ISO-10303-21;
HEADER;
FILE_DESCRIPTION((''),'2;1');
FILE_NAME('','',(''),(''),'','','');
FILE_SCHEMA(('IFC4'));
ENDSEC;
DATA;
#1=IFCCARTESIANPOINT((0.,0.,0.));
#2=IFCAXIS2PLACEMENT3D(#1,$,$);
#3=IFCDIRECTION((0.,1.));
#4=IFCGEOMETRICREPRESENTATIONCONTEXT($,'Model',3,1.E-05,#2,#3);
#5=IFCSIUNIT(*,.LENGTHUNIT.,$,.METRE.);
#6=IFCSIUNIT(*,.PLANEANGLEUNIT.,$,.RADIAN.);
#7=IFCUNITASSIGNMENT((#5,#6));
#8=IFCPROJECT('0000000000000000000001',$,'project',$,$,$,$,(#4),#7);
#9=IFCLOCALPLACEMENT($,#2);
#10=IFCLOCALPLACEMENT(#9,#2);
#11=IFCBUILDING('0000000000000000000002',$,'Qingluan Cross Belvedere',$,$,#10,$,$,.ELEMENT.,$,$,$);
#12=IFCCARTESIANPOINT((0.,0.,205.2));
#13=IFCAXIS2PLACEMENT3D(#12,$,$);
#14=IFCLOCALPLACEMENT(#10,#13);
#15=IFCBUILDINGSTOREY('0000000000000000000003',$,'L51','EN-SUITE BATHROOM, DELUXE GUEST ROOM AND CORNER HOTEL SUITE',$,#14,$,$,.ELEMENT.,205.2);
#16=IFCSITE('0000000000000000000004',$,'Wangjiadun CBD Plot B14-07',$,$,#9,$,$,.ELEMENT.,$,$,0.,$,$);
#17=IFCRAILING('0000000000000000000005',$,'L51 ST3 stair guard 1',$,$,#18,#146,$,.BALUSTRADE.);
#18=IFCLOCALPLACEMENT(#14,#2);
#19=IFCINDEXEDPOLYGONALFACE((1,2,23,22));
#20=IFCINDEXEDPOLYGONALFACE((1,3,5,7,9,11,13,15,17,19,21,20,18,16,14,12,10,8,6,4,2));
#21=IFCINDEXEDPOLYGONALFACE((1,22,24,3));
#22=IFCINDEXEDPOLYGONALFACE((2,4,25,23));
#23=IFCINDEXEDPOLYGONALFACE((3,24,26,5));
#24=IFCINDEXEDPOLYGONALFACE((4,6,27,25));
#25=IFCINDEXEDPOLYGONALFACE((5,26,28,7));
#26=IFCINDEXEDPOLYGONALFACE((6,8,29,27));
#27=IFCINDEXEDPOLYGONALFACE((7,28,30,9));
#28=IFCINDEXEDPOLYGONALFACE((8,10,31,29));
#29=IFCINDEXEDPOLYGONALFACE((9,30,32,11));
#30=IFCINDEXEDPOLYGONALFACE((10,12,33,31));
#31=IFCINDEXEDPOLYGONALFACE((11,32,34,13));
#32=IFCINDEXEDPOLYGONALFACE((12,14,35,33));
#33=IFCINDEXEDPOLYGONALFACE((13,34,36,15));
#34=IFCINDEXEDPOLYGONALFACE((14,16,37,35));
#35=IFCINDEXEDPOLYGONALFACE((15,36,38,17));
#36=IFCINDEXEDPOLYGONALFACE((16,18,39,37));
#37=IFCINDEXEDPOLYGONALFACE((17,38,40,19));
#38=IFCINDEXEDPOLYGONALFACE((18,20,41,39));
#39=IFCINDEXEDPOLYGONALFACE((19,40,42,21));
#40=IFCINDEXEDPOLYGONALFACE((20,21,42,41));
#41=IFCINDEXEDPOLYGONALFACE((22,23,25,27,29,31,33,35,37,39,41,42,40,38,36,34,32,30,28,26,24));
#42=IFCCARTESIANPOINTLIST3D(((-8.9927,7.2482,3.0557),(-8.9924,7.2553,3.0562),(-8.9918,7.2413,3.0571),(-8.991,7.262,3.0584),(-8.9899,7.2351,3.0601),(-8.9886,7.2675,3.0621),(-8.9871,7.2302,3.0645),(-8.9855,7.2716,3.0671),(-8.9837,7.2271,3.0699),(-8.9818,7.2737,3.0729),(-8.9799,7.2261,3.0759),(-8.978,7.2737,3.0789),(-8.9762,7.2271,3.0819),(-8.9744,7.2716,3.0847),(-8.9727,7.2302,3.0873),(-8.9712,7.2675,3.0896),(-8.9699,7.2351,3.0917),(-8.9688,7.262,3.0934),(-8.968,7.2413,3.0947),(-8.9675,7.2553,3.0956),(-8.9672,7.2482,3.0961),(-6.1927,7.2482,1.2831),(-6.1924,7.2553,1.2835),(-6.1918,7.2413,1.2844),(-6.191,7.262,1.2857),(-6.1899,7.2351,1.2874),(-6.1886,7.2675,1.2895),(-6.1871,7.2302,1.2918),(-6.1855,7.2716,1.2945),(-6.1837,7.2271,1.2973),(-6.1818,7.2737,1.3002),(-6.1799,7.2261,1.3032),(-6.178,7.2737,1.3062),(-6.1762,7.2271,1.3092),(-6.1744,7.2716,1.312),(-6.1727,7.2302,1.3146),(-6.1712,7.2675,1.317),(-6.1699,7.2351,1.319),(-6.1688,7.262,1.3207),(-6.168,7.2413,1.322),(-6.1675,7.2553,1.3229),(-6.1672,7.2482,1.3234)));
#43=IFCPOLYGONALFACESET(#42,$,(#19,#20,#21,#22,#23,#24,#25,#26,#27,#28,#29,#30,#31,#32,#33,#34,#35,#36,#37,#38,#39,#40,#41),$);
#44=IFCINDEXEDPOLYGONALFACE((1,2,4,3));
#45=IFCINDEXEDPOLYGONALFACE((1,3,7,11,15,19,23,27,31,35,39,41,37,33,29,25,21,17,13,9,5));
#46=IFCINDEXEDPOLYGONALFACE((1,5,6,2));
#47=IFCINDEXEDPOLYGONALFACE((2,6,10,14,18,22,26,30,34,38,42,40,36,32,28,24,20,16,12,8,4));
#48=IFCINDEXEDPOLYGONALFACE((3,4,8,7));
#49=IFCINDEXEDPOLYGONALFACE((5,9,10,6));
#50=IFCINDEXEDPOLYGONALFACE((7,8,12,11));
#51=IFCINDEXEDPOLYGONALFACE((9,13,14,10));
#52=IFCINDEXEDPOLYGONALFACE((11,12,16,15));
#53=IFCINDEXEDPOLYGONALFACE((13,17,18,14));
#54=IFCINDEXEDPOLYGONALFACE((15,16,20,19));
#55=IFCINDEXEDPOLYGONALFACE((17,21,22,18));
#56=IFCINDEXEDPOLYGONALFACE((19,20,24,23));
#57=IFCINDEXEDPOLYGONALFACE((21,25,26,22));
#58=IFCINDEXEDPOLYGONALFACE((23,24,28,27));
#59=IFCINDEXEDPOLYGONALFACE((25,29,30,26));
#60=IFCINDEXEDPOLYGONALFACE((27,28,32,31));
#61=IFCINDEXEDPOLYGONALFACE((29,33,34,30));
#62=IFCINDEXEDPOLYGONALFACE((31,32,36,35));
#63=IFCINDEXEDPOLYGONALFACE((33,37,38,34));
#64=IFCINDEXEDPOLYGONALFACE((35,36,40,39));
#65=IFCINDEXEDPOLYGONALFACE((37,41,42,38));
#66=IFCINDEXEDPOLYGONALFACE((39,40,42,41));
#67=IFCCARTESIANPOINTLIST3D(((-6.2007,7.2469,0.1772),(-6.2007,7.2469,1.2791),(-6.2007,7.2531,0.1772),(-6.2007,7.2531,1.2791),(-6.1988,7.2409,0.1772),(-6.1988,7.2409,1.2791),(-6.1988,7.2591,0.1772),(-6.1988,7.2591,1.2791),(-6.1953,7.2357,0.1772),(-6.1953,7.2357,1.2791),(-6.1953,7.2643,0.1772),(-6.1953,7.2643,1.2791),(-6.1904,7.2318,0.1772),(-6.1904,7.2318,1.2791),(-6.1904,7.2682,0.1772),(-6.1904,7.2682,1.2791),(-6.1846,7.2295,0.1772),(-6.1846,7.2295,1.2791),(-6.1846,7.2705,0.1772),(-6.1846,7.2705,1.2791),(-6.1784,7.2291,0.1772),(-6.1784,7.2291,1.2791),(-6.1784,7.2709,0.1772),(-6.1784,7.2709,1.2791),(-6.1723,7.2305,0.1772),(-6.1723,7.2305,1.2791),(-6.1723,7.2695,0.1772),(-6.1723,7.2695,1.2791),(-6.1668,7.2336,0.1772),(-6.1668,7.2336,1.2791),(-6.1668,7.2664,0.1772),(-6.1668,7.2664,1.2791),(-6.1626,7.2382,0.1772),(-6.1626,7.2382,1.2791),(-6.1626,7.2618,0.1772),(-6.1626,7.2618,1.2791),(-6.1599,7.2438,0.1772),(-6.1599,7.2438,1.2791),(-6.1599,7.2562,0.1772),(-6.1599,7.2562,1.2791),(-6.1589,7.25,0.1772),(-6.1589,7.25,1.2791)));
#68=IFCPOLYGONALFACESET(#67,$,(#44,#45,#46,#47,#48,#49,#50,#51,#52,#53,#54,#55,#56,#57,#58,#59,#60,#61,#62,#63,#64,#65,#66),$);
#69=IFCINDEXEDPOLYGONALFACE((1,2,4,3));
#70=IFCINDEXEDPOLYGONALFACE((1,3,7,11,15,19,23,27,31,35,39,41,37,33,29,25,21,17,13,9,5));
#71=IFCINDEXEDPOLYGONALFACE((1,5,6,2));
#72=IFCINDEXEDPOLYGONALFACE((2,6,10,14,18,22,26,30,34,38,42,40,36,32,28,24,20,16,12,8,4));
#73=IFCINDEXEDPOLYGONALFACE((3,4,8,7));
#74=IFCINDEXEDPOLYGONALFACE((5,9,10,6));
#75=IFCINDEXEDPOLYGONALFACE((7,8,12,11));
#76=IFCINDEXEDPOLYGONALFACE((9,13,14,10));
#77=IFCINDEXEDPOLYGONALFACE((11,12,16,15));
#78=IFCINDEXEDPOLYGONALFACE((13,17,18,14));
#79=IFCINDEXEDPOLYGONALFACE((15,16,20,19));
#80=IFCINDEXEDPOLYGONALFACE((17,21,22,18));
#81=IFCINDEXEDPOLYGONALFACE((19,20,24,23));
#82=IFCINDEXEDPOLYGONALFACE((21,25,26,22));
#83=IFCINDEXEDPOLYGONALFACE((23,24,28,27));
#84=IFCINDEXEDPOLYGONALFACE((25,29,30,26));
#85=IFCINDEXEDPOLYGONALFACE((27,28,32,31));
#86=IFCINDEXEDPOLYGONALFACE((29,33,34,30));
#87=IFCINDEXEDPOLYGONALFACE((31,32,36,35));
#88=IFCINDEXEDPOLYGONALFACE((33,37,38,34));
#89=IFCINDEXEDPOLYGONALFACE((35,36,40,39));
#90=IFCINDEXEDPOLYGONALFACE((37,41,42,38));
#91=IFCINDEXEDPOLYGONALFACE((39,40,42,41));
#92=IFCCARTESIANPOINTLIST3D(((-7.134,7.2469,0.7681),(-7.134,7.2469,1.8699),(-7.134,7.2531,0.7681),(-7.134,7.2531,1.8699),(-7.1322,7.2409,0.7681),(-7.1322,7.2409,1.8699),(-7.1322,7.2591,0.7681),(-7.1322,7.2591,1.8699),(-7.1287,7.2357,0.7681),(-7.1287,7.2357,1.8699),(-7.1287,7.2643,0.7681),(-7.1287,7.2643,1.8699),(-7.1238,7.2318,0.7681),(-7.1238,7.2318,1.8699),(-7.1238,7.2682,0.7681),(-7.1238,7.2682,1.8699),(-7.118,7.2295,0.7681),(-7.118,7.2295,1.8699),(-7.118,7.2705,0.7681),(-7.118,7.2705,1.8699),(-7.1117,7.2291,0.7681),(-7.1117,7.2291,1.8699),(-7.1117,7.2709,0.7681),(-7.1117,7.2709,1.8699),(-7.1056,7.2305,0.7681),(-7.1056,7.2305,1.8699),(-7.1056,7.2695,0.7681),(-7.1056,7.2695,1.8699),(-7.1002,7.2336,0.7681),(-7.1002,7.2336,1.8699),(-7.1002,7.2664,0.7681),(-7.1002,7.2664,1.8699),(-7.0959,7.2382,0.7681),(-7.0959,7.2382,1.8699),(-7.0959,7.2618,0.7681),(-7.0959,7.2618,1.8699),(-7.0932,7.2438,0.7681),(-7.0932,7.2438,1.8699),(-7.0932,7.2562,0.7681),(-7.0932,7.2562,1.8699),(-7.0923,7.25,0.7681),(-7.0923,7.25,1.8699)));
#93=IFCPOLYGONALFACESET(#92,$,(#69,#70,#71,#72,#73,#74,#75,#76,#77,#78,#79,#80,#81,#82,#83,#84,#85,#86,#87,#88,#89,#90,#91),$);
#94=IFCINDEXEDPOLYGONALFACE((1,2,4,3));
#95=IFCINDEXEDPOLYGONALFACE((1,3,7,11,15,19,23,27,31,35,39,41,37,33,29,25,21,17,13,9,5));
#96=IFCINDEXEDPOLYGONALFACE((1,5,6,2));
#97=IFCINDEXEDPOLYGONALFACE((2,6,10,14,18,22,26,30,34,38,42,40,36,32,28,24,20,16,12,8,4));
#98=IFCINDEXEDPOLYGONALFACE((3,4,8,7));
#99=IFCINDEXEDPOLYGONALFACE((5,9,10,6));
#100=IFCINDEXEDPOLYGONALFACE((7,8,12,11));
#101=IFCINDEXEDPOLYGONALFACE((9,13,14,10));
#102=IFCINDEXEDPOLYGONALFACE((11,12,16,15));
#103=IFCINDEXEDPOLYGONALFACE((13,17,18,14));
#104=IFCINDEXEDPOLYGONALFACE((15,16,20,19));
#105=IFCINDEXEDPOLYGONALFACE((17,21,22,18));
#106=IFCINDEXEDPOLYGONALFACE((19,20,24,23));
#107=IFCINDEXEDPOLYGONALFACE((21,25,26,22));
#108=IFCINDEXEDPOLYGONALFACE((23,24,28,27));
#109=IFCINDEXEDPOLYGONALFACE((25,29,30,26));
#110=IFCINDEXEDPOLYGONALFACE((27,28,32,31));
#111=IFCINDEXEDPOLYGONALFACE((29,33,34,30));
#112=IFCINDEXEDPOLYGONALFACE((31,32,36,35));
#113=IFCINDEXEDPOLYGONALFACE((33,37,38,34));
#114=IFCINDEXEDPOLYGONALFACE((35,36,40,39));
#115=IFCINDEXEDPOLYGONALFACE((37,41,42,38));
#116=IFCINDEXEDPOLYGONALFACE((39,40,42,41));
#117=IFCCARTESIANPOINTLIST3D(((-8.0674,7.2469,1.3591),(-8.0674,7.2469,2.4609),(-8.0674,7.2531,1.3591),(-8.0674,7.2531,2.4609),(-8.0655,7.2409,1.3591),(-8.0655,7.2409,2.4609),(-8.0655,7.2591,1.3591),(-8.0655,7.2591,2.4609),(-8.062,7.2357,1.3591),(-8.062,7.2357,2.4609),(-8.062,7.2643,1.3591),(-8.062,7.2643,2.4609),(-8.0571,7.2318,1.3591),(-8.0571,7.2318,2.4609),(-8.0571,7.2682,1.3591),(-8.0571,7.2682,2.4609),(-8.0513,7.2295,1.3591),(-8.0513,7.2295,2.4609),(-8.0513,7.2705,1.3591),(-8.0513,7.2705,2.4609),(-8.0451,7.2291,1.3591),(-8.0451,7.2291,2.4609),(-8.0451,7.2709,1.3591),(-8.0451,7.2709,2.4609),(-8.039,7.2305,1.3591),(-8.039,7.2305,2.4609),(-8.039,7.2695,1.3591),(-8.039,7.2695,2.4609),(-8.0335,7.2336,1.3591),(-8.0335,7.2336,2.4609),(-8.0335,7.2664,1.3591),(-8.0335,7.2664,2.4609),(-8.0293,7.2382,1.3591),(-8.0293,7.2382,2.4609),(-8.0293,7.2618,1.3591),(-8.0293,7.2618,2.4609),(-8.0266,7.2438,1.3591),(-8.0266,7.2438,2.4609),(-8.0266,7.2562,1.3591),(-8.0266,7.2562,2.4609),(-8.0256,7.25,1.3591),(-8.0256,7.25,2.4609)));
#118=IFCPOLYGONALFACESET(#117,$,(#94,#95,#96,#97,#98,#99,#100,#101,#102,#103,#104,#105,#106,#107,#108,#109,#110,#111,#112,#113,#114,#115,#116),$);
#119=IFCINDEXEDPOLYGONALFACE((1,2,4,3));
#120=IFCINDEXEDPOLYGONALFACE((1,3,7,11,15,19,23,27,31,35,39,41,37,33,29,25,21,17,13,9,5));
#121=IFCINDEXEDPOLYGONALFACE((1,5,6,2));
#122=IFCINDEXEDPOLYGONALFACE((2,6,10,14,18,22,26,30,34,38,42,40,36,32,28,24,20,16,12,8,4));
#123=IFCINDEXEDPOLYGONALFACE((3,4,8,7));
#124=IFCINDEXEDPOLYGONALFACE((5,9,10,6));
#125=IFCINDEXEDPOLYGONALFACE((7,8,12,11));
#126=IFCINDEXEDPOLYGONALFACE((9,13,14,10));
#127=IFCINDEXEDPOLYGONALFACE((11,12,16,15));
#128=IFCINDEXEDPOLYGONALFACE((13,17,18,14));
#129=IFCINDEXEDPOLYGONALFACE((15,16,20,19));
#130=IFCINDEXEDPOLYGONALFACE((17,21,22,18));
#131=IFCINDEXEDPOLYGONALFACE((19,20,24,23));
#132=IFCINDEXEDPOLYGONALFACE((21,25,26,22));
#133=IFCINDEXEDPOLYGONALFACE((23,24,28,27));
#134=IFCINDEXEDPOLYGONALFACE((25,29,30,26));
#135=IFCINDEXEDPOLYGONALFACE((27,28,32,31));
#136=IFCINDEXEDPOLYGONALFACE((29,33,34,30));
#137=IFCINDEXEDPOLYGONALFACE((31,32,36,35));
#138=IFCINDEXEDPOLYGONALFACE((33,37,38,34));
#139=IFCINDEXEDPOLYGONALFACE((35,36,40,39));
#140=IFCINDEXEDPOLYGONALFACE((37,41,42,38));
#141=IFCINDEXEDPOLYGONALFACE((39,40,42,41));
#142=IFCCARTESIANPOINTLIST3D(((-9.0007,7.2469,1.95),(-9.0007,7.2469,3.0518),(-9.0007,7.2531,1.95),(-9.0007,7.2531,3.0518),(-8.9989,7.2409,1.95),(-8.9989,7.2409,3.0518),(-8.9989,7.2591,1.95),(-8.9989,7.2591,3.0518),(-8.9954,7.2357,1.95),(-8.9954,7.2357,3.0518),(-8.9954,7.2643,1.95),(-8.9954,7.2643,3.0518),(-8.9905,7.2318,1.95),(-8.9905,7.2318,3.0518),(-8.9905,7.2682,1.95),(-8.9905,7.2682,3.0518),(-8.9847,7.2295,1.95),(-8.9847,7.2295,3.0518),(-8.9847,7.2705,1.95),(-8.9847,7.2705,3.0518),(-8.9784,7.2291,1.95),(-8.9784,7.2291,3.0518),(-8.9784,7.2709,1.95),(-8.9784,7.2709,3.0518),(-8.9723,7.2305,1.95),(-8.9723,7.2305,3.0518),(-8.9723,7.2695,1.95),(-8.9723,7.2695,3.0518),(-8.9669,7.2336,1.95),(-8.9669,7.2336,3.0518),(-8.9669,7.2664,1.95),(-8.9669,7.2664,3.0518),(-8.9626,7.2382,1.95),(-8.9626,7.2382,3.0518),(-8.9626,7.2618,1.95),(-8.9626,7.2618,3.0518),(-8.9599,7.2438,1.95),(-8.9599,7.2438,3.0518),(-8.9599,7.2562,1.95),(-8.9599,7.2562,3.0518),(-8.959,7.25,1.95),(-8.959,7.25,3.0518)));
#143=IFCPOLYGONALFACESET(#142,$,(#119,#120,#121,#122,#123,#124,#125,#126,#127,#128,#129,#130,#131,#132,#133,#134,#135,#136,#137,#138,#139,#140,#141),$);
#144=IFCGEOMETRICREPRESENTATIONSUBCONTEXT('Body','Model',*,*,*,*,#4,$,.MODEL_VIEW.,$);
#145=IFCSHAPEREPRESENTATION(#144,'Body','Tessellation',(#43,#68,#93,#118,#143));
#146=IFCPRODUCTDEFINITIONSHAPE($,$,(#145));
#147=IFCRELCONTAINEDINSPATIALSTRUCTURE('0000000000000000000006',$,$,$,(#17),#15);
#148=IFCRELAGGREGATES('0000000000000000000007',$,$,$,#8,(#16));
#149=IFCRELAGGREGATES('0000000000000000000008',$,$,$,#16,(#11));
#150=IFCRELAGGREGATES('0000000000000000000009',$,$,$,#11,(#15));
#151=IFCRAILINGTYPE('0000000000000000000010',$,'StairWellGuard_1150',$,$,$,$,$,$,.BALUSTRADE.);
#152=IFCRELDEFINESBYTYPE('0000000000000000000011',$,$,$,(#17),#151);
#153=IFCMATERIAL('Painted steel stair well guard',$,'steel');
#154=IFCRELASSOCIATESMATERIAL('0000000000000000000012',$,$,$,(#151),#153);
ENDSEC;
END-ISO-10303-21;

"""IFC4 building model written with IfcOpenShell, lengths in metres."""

from ifc_helpers import new_model, si_unit, direction, frame, origin, origin_2d, place, context, subcontext, project, spatial, circle, extrude, material, type_object, element, save


model = new_model("IFC4")

# Units and contexts
model_context = context("Model", 3, precision=1e-05, world=origin(), true_north=direction((0.0, 1.0)))
body_context = subcontext(model_context, "Body", "Model", "MODEL_VIEW")
ifc_project = project(units=[si_unit("LENGTHUNIT", "METRE"), si_unit("PLANEANGLEUNIT", "RADIAN")], contexts=[model_context])

# Site, building, storey
site_placement = place(None, origin())
site = spatial("IfcSite", under=ifc_project, at=site_placement, Name="Wangjiadun CBD Plot B14-07", CompositionType="ELEMENT", RefElevation=0.0)
building_placement = place(site_placement, origin())
building = spatial("IfcBuilding", under=site, at=building_placement, Name="Qingluan Cross Belvedere", CompositionType="ELEMENT")
storey_placement = place(building_placement, frame((0.0, 0.0, 205.2)))
storey = spatial("IfcBuildingStorey", under=building, at=storey_placement, Name="L51", Description="EN-SUITE BATHROOM, DELUXE GUEST ROOM AND CORNER HOTEL SUITE", CompositionType="ELEMENT", Elevation=205.2)

# Railing
ifc_material_1 = material(Name="Painted steel stair well guard", Category="steel")
railing_type_1 = type_object("IfcRailingType", Name="StairWellGuard_1150", PredefinedType="BALUSTRADE", material=ifc_material_1)
railing_1_placement = place(storey_placement, frame((-6.1799, 7.25, 0.1772)))
element("IfcRailing", 1, at=railing_1_placement, inside=storey, type_object=railing_type_1, Name="L51 ST3 stair guard 1", PredefinedType="BALUSTRADE", context=body_context, shape_type="SweptSolid", body=[
    extrude(circle(Radius=0.0239, at=origin_2d()), frame((0.0, 0.0, 1.126), z_axis=(-0.844909, 0.0, 0.53491), x_axis=(0.0, -1.0, 0.0)), (0.0, 0.0, 1.0), 3.314),
    extrude(circle(Radius=0.021, at=origin_2d()), origin(), (0.0, 0.0, 1.0), 1.1018),
    extrude(circle(Radius=0.021, at=origin_2d()), frame((-0.9333, 0.0, 0.5908)), (0.0, 0.0, 1.0), 1.1018),
    extrude(circle(Radius=0.021, at=origin_2d()), frame((-1.8667, 0.0, 1.1819)), (0.0, 0.0, 1.0), 1.1018),
    extrude(circle(Radius=0.021, at=origin_2d()), frame((-2.8, 0.0, 1.7727)), (0.0, 0.0, 1.0), 1.1018),
])

save(model, "model.ifc")
